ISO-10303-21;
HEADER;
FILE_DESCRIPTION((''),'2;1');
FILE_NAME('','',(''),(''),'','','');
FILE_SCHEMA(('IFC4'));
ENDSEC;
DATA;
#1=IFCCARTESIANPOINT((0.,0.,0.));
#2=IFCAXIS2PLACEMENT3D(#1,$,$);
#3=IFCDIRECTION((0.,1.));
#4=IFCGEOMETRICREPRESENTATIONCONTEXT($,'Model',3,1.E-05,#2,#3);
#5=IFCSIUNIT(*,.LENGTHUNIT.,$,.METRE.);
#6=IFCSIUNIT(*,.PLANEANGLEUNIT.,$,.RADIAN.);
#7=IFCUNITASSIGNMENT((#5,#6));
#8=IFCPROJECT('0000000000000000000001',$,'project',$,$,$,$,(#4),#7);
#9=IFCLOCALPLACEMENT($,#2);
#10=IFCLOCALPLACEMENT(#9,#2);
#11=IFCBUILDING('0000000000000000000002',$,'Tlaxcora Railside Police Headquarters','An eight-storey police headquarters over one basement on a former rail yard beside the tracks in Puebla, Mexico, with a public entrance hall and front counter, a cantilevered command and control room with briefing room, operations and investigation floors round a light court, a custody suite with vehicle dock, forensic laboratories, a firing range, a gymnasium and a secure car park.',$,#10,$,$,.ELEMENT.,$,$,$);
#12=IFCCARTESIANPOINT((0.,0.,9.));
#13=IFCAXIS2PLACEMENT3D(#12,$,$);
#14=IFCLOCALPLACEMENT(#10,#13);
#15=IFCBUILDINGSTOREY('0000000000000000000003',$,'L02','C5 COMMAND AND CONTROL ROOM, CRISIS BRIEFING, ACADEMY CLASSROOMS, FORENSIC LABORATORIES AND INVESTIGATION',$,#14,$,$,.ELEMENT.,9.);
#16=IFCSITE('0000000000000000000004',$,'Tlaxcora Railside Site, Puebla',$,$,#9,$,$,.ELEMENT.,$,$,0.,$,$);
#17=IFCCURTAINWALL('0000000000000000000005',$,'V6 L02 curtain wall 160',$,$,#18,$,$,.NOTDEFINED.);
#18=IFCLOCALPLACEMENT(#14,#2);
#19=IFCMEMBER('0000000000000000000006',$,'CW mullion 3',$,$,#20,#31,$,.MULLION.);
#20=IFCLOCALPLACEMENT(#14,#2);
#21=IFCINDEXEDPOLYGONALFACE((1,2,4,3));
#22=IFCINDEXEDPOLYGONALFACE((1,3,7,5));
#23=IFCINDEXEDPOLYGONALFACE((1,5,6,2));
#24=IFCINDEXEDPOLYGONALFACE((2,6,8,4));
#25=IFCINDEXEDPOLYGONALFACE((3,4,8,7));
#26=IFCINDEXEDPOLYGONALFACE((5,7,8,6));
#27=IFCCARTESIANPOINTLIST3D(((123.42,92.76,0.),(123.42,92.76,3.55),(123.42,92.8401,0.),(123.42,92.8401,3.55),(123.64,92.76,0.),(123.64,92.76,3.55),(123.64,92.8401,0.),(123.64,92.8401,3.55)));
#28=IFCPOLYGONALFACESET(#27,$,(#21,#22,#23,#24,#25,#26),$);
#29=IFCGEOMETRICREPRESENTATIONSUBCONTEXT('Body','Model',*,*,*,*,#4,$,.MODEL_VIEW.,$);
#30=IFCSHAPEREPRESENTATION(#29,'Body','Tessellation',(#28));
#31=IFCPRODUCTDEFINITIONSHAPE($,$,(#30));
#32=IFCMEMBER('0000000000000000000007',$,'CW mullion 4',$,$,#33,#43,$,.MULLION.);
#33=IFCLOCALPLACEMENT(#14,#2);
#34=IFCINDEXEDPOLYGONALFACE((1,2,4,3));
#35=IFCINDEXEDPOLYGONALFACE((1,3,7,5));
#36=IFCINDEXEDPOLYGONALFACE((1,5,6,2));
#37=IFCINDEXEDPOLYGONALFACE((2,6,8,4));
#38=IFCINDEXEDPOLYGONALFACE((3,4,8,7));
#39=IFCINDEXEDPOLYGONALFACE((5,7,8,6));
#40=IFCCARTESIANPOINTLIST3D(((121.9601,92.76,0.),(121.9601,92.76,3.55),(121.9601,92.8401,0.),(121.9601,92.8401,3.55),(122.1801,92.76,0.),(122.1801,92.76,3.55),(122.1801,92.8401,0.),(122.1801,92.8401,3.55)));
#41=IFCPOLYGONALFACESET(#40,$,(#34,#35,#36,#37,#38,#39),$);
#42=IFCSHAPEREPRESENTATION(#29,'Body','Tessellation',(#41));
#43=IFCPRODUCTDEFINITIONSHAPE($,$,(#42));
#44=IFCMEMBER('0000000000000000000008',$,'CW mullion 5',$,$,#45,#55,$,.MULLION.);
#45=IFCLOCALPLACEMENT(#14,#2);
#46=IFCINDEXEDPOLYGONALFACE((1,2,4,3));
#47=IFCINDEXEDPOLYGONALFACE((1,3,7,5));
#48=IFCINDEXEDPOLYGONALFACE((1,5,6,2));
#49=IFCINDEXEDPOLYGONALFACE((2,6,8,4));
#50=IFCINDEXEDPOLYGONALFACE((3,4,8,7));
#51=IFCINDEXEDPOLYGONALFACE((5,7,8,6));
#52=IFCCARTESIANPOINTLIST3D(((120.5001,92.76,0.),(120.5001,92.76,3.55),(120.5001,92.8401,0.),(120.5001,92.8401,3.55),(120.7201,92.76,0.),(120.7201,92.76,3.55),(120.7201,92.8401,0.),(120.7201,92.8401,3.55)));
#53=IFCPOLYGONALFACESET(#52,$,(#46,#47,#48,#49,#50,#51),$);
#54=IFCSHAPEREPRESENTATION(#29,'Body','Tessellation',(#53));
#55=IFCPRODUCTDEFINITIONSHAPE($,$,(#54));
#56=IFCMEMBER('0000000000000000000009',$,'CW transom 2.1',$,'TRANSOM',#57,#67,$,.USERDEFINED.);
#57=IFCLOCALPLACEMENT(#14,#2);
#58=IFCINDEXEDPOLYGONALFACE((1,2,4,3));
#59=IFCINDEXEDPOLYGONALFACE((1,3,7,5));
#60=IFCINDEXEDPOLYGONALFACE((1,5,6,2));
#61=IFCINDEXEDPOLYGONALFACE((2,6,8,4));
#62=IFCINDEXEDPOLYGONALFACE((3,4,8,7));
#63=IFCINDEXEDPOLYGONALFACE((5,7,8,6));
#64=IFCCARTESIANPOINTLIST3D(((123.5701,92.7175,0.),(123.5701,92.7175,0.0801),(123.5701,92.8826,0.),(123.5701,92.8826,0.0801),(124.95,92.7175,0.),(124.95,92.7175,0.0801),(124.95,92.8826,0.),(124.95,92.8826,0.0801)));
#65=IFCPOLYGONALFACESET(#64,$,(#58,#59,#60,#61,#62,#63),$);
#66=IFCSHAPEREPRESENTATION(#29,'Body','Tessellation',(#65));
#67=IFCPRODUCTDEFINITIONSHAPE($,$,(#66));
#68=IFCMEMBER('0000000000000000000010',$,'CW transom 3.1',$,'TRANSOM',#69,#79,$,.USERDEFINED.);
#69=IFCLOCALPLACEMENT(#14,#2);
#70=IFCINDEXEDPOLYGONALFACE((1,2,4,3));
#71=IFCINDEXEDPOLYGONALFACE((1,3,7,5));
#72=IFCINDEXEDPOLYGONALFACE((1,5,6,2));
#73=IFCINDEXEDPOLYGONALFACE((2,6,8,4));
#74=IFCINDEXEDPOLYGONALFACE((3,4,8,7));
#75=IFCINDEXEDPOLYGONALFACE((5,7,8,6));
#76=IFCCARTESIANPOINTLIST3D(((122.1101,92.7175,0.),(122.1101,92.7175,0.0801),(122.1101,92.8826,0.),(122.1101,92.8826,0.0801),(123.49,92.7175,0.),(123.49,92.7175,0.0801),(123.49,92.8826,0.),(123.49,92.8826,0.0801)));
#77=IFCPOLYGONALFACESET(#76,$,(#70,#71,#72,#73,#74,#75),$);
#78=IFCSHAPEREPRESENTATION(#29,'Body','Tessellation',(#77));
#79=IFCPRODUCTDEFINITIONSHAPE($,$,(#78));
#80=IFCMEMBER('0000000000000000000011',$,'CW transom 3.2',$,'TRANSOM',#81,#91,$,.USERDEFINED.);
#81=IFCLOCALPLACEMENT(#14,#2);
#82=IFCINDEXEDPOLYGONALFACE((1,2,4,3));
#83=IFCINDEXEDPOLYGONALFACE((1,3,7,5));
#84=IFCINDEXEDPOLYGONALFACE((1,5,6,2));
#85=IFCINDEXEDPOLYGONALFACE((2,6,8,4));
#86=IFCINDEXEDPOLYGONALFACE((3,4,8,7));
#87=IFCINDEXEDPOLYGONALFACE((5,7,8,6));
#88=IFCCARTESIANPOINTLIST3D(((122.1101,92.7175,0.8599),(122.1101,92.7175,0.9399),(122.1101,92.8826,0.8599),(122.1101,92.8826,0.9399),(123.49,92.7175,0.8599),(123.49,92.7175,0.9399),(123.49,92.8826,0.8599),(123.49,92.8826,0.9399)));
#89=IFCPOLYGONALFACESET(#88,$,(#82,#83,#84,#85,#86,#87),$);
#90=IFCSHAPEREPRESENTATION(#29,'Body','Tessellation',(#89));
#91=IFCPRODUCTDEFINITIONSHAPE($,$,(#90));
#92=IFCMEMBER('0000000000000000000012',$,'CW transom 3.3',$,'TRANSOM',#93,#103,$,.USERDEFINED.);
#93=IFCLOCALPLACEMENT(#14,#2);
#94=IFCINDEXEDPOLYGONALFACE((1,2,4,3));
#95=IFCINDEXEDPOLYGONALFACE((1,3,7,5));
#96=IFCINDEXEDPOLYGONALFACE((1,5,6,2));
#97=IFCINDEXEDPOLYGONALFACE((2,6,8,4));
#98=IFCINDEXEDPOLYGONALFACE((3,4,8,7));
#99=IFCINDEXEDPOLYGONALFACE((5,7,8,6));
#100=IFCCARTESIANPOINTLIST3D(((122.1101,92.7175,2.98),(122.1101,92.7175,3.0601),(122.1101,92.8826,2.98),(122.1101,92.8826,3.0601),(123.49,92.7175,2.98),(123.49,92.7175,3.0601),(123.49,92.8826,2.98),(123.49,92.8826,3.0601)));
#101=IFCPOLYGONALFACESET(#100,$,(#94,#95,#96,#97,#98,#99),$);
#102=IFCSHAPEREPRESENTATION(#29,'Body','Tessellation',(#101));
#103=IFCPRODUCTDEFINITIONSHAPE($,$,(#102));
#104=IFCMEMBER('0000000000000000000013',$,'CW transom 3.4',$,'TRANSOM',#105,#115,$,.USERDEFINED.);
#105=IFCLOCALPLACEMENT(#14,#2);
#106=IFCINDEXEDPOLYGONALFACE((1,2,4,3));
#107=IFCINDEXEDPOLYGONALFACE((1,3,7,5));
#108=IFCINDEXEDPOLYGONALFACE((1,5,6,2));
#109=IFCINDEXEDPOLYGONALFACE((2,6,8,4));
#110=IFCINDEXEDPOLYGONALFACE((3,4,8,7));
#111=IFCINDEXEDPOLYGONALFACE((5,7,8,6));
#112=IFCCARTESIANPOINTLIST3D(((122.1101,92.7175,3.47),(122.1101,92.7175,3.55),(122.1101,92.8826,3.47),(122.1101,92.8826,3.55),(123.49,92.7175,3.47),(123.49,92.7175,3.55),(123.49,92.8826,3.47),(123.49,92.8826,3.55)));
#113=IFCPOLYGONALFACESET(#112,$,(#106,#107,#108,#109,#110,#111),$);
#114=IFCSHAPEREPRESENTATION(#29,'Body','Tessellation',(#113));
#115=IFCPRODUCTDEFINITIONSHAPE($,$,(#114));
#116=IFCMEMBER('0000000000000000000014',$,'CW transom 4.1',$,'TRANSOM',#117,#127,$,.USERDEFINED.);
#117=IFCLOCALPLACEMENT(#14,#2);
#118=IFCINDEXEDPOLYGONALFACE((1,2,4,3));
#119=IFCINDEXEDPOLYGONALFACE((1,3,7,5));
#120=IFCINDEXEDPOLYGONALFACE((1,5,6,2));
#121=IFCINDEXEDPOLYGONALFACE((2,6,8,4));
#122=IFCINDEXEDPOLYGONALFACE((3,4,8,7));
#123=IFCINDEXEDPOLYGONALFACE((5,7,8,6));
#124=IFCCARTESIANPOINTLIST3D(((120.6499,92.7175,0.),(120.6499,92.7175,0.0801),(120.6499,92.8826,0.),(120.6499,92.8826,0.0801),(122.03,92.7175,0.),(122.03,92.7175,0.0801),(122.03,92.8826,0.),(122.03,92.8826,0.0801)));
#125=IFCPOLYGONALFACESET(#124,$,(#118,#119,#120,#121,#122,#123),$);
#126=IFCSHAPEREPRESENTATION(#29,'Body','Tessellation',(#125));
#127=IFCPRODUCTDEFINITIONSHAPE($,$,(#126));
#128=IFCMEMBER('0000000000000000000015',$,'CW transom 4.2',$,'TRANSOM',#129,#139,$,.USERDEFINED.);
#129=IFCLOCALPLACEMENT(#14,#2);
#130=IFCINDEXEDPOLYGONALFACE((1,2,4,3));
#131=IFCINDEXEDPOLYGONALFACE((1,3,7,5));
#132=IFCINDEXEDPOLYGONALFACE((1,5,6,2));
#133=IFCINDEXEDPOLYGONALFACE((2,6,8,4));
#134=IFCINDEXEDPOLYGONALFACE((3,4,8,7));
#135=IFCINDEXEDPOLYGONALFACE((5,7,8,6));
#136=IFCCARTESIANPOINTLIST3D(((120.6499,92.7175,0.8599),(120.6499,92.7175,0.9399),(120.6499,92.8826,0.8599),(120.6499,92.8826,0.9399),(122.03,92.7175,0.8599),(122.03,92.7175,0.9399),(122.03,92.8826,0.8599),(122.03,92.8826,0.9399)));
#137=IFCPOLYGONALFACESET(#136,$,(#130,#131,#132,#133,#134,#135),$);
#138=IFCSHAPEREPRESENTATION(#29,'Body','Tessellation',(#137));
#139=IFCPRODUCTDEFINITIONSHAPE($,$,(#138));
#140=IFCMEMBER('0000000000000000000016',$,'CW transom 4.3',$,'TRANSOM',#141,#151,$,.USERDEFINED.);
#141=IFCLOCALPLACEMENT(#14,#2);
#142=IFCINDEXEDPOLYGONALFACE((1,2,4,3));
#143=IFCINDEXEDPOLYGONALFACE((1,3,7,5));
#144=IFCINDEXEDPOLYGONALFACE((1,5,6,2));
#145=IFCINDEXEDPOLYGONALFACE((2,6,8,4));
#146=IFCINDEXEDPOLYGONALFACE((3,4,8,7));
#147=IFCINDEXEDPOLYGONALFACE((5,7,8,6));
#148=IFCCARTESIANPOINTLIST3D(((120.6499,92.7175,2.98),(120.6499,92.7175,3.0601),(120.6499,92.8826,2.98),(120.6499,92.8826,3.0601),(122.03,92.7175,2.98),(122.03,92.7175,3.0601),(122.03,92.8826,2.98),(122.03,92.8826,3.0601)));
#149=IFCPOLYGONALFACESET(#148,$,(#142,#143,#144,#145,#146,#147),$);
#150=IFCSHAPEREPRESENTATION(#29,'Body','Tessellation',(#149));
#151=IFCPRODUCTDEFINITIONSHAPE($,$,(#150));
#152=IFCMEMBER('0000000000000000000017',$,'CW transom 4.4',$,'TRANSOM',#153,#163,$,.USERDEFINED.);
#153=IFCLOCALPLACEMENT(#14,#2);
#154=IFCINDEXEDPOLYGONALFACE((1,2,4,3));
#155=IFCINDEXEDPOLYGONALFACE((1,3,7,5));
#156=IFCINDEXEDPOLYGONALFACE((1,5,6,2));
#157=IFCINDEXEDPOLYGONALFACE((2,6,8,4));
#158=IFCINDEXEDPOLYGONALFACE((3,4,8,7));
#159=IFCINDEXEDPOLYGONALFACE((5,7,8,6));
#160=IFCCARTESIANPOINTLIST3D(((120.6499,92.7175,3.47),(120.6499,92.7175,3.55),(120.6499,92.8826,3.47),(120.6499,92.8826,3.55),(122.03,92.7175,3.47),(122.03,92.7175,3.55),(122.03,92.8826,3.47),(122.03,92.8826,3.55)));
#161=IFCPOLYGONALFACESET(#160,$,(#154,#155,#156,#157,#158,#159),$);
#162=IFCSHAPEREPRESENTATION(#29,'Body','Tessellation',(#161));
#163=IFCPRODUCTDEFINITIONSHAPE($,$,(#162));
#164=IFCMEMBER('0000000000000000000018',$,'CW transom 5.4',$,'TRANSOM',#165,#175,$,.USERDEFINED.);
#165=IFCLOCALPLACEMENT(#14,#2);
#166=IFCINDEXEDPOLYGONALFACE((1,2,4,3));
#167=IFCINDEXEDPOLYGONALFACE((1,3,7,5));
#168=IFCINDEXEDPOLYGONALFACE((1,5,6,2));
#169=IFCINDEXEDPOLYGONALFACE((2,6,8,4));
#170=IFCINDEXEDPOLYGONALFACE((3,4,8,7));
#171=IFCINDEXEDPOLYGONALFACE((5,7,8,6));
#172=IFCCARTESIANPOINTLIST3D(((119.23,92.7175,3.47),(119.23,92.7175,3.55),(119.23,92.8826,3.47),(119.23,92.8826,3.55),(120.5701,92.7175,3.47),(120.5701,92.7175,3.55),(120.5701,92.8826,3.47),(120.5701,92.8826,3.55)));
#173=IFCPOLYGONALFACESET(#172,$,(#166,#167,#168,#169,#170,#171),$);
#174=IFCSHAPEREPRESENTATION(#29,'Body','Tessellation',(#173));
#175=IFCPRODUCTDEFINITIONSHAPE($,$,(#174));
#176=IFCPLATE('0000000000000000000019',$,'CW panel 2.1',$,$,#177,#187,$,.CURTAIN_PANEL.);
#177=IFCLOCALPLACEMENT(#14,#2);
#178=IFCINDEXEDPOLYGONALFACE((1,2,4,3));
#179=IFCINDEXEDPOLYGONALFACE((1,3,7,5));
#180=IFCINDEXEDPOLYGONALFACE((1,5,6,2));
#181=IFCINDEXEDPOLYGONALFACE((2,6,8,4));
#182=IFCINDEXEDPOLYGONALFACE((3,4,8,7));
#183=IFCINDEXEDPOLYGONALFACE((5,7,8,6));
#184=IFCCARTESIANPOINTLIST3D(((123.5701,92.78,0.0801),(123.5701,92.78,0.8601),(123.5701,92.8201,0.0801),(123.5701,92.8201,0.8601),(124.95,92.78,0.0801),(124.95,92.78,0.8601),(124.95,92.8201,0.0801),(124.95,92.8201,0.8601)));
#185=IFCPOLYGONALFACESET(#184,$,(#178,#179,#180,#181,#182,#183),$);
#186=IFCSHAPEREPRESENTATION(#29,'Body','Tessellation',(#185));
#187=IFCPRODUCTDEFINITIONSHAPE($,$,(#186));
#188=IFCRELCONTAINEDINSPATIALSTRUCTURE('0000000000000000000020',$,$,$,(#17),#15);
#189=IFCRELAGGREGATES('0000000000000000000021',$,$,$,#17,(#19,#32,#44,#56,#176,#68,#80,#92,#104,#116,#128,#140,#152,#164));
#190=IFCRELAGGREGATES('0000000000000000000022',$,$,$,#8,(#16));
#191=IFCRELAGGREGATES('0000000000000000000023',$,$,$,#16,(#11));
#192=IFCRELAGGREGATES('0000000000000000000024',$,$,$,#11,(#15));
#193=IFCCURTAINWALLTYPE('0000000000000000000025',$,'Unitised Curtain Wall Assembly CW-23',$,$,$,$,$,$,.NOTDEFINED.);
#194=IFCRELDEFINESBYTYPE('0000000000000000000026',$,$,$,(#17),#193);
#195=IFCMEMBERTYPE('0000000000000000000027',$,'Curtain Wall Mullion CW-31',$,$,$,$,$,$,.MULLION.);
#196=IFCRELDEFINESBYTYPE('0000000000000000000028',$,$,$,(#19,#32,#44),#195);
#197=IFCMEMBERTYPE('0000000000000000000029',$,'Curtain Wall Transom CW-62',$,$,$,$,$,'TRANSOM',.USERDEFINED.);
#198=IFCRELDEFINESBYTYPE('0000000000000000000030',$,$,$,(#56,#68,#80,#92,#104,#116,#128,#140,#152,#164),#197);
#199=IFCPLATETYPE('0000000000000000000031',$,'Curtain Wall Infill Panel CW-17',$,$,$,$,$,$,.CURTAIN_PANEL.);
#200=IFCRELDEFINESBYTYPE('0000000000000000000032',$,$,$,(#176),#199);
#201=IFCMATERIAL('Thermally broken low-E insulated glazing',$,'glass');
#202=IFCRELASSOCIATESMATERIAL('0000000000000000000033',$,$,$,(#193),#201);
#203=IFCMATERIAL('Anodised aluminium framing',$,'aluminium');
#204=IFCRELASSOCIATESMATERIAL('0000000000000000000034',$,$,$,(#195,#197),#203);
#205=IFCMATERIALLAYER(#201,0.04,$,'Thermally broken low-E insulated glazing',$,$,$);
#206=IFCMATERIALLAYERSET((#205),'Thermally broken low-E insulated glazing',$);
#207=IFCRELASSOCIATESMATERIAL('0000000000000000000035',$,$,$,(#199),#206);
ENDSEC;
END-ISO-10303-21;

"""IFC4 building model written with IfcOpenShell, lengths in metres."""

from ifc_helpers import new_model, si_unit, direction, frame, origin, origin_2d, place, context, subcontext, project, spatial, rectangle, extrude, material, layer, layer_set, material_profile, profile_set, type_object, element, aggregate, save


model = new_model("IFC4")

# Units and contexts
model_context = context("Model", 3, precision=1e-05, world=origin(), true_north=direction((0.0, 1.0)))
body_context = subcontext(model_context, "Body", "Model", "MODEL_VIEW")
ifc_project = project(units=[si_unit("LENGTHUNIT", "METRE"), si_unit("PLANEANGLEUNIT", "RADIAN")], contexts=[model_context])

# Site, building, storey
site_placement = place(None, origin())
site = spatial("IfcSite", under=ifc_project, at=site_placement, Name="Tlaxcora Railside Site, Puebla", CompositionType="ELEMENT", RefElevation=0.0)
building_placement = place(site_placement, origin())
building = spatial("IfcBuilding", under=site, at=building_placement, Name="Tlaxcora Railside Police Headquarters", Description="An eight-storey police headquarters over one basement on a former rail yard beside the tracks in Puebla, Mexico, with a public entrance hall and front counter, a cantilevered command and control room with briefing room, operations and investigation floors round a light court, a custody suite with vehicle dock, forensic laboratories, a firing range, a gymnasium and a secure car park.", CompositionType="ELEMENT")
storey_placement = place(building_placement, frame((0.0, 0.0, 9.0)))
storey = spatial("IfcBuildingStorey", under=building, at=storey_placement, Name="L02", Description="C5 COMMAND AND CONTROL ROOM, CRISIS BRIEFING, ACADEMY CLASSROOMS, FORENSIC LABORATORIES AND INVESTIGATION", CompositionType="ELEMENT", Elevation=9.0)

# Curtain wall, members, plate
ifc_material_1 = material(Name="Thermally broken low-E insulated glazing", Category="glass")
curtain_wall_type = type_object("IfcCurtainWallType", Name="Unitised Curtain Wall Assembly CW-23", PredefinedType="NOTDEFINED", material=ifc_material_1)
curtain_wall_placement = place(storey_placement, origin())
curtain_wall = element("IfcCurtainWall", 1, at=curtain_wall_placement, inside=storey, type_object=curtain_wall_type, Name="V6 L02 curtain wall 160", PredefinedType="NOTDEFINED")
ifc_material_2 = material(Name="Anodised aluminium framing", Category="aluminium")
ifc_material_profile_1 = material_profile(ifc_material_2, rectangle(XDim=0.0801, YDim=0.22, at=origin_2d()), Name="AL80X220")
ifc_profile_set_1 = profile_set([ifc_material_profile_1], Name="Anodised aluminium framing")
member_type_1 = type_object("IfcMemberType", Name="Curtain Wall Mullion CW-31", PredefinedType="MULLION", material=ifc_profile_set_1)
member_1_placement = place(storey_placement, frame((123.53, 92.8, 0.0), z_axis=(0.0, 0.0, 1.0), x_axis=(0.0, -1.0, 0.0)))
member_1 = element("IfcMember", 2, at=member_1_placement, type_object=member_type_1, Name="CW mullion 3", PredefinedType="MULLION", context=body_context, shape_type="SweptSolid", body=[
    extrude(rectangle(XDim=0.0801, YDim=0.22, at=origin_2d()), origin(), (0.0, 0.0, 1.0), 3.55),
])
member_2_placement = place(storey_placement, frame((122.0701, 92.8, 0.0), z_axis=(0.0, 0.0, 1.0), x_axis=(0.0, -1.0, 0.0)))
member_2 = element("IfcMember", 3, at=member_2_placement, type_object=member_type_1, Name="CW mullion 4", PredefinedType="MULLION", context=body_context, shape_type="SweptSolid", body=[
    extrude(rectangle(XDim=0.0801, YDim=0.22, at=origin_2d()), origin(), (0.0, 0.0, 1.0), 3.55),
])
member_3_placement = place(storey_placement, frame((120.6101, 92.8, 0.0), z_axis=(0.0, 0.0, 1.0), x_axis=(0.0, -1.0, 0.0)))
member_3 = element("IfcMember", 4, at=member_3_placement, type_object=member_type_1, Name="CW mullion 5", PredefinedType="MULLION", context=body_context, shape_type="SweptSolid", body=[
    extrude(rectangle(XDim=0.0801, YDim=0.22, at=origin_2d()), origin(), (0.0, 0.0, 1.0), 3.55),
])
ifc_material_profile_2 = material_profile(ifc_material_2, rectangle(XDim=0.165, YDim=0.0801, at=origin_2d()), Name="AL80X165")
ifc_profile_set_2 = profile_set([ifc_material_profile_2], Name="Anodised aluminium framing")
member_type_2 = type_object("IfcMemberType", Name="Curtain Wall Transom CW-62", ElementType="TRANSOM", PredefinedType="USERDEFINED", material=ifc_profile_set_2)
member_4_placement = place(storey_placement, frame((124.95, 92.8, 0.04), z_axis=(-1.0, 0.0, 0.0), x_axis=(0.0, -1.0, 0.0)))
member_4 = element("IfcMember", 5, at=member_4_placement, type_object=member_type_2, Name="CW transom 2.1", ObjectType="TRANSOM", PredefinedType="USERDEFINED", context=body_context, shape_type="SweptSolid", body=[
    extrude(rectangle(XDim=0.165, YDim=0.0801, at=origin_2d()), origin(), (0.0, 0.0, 1.0), 1.3799),
])
member_5_placement = place(storey_placement, frame((123.49, 92.8, 0.04), z_axis=(-1.0, 0.0, 0.0), x_axis=(0.0, -1.0, 0.0)))
member_5 = element("IfcMember", 6, at=member_5_placement, type_object=member_type_2, Name="CW transom 3.1", ObjectType="TRANSOM", PredefinedType="USERDEFINED", context=body_context, shape_type="SweptSolid", body=[
    extrude(rectangle(XDim=0.165, YDim=0.0801, at=origin_2d()), origin(), (0.0, 0.0, 1.0), 1.3799),
])
member_6_placement = place(storey_placement, frame((123.49, 92.8, 0.8999), z_axis=(-1.0, 0.0, 0.0), x_axis=(0.0, -1.0, 0.0)))
member_6 = element("IfcMember", 7, at=member_6_placement, type_object=member_type_2, Name="CW transom 3.2", ObjectType="TRANSOM", PredefinedType="USERDEFINED", context=body_context, shape_type="SweptSolid", body=[
    extrude(rectangle(XDim=0.165, YDim=0.0801, at=origin_2d()), origin(), (0.0, 0.0, 1.0), 1.3799),
])
member_7_placement = place(storey_placement, frame((123.49, 92.8, 3.02), z_axis=(-1.0, 0.0, 0.0), x_axis=(0.0, -1.0, 0.0)))
member_7 = element("IfcMember", 8, at=member_7_placement, type_object=member_type_2, Name="CW transom 3.3", ObjectType="TRANSOM", PredefinedType="USERDEFINED", context=body_context, shape_type="SweptSolid", body=[
    extrude(rectangle(XDim=0.165, YDim=0.0801, at=origin_2d()), origin(), (0.0, 0.0, 1.0), 1.3799),
])
member_8_placement = place(storey_placement, frame((123.49, 92.8, 3.51), z_axis=(-1.0, 0.0, 0.0), x_axis=(0.0, -1.0, 0.0)))
member_8 = element("IfcMember", 9, at=member_8_placement, type_object=member_type_2, Name="CW transom 3.4", ObjectType="TRANSOM", PredefinedType="USERDEFINED", context=body_context, shape_type="SweptSolid", body=[
    extrude(rectangle(XDim=0.165, YDim=0.0801, at=origin_2d()), origin(), (0.0, 0.0, 1.0), 1.3799),
])
member_9_placement = place(storey_placement, frame((122.03, 92.8, 0.04), z_axis=(-1.0, 0.0, 0.0), x_axis=(0.0, -1.0, 0.0)))
member_9 = element("IfcMember", 10, at=member_9_placement, type_object=member_type_2, Name="CW transom 4.1", ObjectType="TRANSOM", PredefinedType="USERDEFINED", context=body_context, shape_type="SweptSolid", body=[
    extrude(rectangle(XDim=0.165, YDim=0.0801, at=origin_2d()), origin(), (0.0, 0.0, 1.0), 1.3801),
])
member_10_placement = place(storey_placement, frame((122.03, 92.8, 0.8999), z_axis=(-1.0, 0.0, 0.0), x_axis=(0.0, -1.0, 0.0)))
member_10 = element("IfcMember", 11, at=member_10_placement, type_object=member_type_2, Name="CW transom 4.2", ObjectType="TRANSOM", PredefinedType="USERDEFINED", context=body_context, shape_type="SweptSolid", body=[
    extrude(rectangle(XDim=0.165, YDim=0.0801, at=origin_2d()), origin(), (0.0, 0.0, 1.0), 1.3801),
])
member_11_placement = place(storey_placement, frame((122.03, 92.8, 3.02), z_axis=(-1.0, 0.0, 0.0), x_axis=(0.0, -1.0, 0.0)))
member_11 = element("IfcMember", 12, at=member_11_placement, type_object=member_type_2, Name="CW transom 4.3", ObjectType="TRANSOM", PredefinedType="USERDEFINED", context=body_context, shape_type="SweptSolid", body=[
    extrude(rectangle(XDim=0.165, YDim=0.0801, at=origin_2d()), origin(), (0.0, 0.0, 1.0), 1.3801),
])
member_12_placement = place(storey_placement, frame((122.03, 92.8, 3.51), z_axis=(-1.0, 0.0, 0.0), x_axis=(0.0, -1.0, 0.0)))
member_12 = element("IfcMember", 13, at=member_12_placement, type_object=member_type_2, Name="CW transom 4.4", ObjectType="TRANSOM", PredefinedType="USERDEFINED", context=body_context, shape_type="SweptSolid", body=[
    extrude(rectangle(XDim=0.165, YDim=0.0801, at=origin_2d()), origin(), (0.0, 0.0, 1.0), 1.3801),
])
member_13_placement = place(storey_placement, frame((120.5701, 92.8, 3.51), z_axis=(-1.0, 0.0, 0.0), x_axis=(0.0, -1.0, 0.0)))
member_13 = element("IfcMember", 14, at=member_13_placement, type_object=member_type_2, Name="CW transom 5.4", ObjectType="TRANSOM", PredefinedType="USERDEFINED", context=body_context, shape_type="SweptSolid", body=[
    extrude(rectangle(XDim=0.165, YDim=0.0801, at=origin_2d()), origin(), (0.0, 0.0, 1.0), 1.3401),
])
ifc_layer = layer(ifc_material_1, 0.04, Name="Thermally broken low-E insulated glazing")
ifc_layer_set = layer_set([ifc_layer], Name="Thermally broken low-E insulated glazing")
plate_type = type_object("IfcPlateType", Name="Curtain Wall Infill Panel CW-17", PredefinedType="CURTAIN_PANEL", material=ifc_layer_set)
plate_1_placement = place(storey_placement, frame((124.26, 92.8, 0.0801), z_axis=(0.0, 0.0, 1.0), x_axis=(-1.0, 0.0, 0.0)))
plate_1 = element("IfcPlate", 15, at=plate_1_placement, type_object=plate_type, Name="CW panel 2.1", PredefinedType="CURTAIN_PANEL", context=body_context, shape_type="SweptSolid", body=[
    extrude(rectangle(XDim=1.3799, YDim=0.04, at=origin_2d()), origin(), (0.0, 0.0, 1.0), 0.78),
])
aggregate(curtain_wall, [member_1, member_2, member_3, member_4, plate_1, member_5, member_6, member_7, member_8, member_9, member_10, member_11, member_12, member_13])

save(model, "model.ifc")
